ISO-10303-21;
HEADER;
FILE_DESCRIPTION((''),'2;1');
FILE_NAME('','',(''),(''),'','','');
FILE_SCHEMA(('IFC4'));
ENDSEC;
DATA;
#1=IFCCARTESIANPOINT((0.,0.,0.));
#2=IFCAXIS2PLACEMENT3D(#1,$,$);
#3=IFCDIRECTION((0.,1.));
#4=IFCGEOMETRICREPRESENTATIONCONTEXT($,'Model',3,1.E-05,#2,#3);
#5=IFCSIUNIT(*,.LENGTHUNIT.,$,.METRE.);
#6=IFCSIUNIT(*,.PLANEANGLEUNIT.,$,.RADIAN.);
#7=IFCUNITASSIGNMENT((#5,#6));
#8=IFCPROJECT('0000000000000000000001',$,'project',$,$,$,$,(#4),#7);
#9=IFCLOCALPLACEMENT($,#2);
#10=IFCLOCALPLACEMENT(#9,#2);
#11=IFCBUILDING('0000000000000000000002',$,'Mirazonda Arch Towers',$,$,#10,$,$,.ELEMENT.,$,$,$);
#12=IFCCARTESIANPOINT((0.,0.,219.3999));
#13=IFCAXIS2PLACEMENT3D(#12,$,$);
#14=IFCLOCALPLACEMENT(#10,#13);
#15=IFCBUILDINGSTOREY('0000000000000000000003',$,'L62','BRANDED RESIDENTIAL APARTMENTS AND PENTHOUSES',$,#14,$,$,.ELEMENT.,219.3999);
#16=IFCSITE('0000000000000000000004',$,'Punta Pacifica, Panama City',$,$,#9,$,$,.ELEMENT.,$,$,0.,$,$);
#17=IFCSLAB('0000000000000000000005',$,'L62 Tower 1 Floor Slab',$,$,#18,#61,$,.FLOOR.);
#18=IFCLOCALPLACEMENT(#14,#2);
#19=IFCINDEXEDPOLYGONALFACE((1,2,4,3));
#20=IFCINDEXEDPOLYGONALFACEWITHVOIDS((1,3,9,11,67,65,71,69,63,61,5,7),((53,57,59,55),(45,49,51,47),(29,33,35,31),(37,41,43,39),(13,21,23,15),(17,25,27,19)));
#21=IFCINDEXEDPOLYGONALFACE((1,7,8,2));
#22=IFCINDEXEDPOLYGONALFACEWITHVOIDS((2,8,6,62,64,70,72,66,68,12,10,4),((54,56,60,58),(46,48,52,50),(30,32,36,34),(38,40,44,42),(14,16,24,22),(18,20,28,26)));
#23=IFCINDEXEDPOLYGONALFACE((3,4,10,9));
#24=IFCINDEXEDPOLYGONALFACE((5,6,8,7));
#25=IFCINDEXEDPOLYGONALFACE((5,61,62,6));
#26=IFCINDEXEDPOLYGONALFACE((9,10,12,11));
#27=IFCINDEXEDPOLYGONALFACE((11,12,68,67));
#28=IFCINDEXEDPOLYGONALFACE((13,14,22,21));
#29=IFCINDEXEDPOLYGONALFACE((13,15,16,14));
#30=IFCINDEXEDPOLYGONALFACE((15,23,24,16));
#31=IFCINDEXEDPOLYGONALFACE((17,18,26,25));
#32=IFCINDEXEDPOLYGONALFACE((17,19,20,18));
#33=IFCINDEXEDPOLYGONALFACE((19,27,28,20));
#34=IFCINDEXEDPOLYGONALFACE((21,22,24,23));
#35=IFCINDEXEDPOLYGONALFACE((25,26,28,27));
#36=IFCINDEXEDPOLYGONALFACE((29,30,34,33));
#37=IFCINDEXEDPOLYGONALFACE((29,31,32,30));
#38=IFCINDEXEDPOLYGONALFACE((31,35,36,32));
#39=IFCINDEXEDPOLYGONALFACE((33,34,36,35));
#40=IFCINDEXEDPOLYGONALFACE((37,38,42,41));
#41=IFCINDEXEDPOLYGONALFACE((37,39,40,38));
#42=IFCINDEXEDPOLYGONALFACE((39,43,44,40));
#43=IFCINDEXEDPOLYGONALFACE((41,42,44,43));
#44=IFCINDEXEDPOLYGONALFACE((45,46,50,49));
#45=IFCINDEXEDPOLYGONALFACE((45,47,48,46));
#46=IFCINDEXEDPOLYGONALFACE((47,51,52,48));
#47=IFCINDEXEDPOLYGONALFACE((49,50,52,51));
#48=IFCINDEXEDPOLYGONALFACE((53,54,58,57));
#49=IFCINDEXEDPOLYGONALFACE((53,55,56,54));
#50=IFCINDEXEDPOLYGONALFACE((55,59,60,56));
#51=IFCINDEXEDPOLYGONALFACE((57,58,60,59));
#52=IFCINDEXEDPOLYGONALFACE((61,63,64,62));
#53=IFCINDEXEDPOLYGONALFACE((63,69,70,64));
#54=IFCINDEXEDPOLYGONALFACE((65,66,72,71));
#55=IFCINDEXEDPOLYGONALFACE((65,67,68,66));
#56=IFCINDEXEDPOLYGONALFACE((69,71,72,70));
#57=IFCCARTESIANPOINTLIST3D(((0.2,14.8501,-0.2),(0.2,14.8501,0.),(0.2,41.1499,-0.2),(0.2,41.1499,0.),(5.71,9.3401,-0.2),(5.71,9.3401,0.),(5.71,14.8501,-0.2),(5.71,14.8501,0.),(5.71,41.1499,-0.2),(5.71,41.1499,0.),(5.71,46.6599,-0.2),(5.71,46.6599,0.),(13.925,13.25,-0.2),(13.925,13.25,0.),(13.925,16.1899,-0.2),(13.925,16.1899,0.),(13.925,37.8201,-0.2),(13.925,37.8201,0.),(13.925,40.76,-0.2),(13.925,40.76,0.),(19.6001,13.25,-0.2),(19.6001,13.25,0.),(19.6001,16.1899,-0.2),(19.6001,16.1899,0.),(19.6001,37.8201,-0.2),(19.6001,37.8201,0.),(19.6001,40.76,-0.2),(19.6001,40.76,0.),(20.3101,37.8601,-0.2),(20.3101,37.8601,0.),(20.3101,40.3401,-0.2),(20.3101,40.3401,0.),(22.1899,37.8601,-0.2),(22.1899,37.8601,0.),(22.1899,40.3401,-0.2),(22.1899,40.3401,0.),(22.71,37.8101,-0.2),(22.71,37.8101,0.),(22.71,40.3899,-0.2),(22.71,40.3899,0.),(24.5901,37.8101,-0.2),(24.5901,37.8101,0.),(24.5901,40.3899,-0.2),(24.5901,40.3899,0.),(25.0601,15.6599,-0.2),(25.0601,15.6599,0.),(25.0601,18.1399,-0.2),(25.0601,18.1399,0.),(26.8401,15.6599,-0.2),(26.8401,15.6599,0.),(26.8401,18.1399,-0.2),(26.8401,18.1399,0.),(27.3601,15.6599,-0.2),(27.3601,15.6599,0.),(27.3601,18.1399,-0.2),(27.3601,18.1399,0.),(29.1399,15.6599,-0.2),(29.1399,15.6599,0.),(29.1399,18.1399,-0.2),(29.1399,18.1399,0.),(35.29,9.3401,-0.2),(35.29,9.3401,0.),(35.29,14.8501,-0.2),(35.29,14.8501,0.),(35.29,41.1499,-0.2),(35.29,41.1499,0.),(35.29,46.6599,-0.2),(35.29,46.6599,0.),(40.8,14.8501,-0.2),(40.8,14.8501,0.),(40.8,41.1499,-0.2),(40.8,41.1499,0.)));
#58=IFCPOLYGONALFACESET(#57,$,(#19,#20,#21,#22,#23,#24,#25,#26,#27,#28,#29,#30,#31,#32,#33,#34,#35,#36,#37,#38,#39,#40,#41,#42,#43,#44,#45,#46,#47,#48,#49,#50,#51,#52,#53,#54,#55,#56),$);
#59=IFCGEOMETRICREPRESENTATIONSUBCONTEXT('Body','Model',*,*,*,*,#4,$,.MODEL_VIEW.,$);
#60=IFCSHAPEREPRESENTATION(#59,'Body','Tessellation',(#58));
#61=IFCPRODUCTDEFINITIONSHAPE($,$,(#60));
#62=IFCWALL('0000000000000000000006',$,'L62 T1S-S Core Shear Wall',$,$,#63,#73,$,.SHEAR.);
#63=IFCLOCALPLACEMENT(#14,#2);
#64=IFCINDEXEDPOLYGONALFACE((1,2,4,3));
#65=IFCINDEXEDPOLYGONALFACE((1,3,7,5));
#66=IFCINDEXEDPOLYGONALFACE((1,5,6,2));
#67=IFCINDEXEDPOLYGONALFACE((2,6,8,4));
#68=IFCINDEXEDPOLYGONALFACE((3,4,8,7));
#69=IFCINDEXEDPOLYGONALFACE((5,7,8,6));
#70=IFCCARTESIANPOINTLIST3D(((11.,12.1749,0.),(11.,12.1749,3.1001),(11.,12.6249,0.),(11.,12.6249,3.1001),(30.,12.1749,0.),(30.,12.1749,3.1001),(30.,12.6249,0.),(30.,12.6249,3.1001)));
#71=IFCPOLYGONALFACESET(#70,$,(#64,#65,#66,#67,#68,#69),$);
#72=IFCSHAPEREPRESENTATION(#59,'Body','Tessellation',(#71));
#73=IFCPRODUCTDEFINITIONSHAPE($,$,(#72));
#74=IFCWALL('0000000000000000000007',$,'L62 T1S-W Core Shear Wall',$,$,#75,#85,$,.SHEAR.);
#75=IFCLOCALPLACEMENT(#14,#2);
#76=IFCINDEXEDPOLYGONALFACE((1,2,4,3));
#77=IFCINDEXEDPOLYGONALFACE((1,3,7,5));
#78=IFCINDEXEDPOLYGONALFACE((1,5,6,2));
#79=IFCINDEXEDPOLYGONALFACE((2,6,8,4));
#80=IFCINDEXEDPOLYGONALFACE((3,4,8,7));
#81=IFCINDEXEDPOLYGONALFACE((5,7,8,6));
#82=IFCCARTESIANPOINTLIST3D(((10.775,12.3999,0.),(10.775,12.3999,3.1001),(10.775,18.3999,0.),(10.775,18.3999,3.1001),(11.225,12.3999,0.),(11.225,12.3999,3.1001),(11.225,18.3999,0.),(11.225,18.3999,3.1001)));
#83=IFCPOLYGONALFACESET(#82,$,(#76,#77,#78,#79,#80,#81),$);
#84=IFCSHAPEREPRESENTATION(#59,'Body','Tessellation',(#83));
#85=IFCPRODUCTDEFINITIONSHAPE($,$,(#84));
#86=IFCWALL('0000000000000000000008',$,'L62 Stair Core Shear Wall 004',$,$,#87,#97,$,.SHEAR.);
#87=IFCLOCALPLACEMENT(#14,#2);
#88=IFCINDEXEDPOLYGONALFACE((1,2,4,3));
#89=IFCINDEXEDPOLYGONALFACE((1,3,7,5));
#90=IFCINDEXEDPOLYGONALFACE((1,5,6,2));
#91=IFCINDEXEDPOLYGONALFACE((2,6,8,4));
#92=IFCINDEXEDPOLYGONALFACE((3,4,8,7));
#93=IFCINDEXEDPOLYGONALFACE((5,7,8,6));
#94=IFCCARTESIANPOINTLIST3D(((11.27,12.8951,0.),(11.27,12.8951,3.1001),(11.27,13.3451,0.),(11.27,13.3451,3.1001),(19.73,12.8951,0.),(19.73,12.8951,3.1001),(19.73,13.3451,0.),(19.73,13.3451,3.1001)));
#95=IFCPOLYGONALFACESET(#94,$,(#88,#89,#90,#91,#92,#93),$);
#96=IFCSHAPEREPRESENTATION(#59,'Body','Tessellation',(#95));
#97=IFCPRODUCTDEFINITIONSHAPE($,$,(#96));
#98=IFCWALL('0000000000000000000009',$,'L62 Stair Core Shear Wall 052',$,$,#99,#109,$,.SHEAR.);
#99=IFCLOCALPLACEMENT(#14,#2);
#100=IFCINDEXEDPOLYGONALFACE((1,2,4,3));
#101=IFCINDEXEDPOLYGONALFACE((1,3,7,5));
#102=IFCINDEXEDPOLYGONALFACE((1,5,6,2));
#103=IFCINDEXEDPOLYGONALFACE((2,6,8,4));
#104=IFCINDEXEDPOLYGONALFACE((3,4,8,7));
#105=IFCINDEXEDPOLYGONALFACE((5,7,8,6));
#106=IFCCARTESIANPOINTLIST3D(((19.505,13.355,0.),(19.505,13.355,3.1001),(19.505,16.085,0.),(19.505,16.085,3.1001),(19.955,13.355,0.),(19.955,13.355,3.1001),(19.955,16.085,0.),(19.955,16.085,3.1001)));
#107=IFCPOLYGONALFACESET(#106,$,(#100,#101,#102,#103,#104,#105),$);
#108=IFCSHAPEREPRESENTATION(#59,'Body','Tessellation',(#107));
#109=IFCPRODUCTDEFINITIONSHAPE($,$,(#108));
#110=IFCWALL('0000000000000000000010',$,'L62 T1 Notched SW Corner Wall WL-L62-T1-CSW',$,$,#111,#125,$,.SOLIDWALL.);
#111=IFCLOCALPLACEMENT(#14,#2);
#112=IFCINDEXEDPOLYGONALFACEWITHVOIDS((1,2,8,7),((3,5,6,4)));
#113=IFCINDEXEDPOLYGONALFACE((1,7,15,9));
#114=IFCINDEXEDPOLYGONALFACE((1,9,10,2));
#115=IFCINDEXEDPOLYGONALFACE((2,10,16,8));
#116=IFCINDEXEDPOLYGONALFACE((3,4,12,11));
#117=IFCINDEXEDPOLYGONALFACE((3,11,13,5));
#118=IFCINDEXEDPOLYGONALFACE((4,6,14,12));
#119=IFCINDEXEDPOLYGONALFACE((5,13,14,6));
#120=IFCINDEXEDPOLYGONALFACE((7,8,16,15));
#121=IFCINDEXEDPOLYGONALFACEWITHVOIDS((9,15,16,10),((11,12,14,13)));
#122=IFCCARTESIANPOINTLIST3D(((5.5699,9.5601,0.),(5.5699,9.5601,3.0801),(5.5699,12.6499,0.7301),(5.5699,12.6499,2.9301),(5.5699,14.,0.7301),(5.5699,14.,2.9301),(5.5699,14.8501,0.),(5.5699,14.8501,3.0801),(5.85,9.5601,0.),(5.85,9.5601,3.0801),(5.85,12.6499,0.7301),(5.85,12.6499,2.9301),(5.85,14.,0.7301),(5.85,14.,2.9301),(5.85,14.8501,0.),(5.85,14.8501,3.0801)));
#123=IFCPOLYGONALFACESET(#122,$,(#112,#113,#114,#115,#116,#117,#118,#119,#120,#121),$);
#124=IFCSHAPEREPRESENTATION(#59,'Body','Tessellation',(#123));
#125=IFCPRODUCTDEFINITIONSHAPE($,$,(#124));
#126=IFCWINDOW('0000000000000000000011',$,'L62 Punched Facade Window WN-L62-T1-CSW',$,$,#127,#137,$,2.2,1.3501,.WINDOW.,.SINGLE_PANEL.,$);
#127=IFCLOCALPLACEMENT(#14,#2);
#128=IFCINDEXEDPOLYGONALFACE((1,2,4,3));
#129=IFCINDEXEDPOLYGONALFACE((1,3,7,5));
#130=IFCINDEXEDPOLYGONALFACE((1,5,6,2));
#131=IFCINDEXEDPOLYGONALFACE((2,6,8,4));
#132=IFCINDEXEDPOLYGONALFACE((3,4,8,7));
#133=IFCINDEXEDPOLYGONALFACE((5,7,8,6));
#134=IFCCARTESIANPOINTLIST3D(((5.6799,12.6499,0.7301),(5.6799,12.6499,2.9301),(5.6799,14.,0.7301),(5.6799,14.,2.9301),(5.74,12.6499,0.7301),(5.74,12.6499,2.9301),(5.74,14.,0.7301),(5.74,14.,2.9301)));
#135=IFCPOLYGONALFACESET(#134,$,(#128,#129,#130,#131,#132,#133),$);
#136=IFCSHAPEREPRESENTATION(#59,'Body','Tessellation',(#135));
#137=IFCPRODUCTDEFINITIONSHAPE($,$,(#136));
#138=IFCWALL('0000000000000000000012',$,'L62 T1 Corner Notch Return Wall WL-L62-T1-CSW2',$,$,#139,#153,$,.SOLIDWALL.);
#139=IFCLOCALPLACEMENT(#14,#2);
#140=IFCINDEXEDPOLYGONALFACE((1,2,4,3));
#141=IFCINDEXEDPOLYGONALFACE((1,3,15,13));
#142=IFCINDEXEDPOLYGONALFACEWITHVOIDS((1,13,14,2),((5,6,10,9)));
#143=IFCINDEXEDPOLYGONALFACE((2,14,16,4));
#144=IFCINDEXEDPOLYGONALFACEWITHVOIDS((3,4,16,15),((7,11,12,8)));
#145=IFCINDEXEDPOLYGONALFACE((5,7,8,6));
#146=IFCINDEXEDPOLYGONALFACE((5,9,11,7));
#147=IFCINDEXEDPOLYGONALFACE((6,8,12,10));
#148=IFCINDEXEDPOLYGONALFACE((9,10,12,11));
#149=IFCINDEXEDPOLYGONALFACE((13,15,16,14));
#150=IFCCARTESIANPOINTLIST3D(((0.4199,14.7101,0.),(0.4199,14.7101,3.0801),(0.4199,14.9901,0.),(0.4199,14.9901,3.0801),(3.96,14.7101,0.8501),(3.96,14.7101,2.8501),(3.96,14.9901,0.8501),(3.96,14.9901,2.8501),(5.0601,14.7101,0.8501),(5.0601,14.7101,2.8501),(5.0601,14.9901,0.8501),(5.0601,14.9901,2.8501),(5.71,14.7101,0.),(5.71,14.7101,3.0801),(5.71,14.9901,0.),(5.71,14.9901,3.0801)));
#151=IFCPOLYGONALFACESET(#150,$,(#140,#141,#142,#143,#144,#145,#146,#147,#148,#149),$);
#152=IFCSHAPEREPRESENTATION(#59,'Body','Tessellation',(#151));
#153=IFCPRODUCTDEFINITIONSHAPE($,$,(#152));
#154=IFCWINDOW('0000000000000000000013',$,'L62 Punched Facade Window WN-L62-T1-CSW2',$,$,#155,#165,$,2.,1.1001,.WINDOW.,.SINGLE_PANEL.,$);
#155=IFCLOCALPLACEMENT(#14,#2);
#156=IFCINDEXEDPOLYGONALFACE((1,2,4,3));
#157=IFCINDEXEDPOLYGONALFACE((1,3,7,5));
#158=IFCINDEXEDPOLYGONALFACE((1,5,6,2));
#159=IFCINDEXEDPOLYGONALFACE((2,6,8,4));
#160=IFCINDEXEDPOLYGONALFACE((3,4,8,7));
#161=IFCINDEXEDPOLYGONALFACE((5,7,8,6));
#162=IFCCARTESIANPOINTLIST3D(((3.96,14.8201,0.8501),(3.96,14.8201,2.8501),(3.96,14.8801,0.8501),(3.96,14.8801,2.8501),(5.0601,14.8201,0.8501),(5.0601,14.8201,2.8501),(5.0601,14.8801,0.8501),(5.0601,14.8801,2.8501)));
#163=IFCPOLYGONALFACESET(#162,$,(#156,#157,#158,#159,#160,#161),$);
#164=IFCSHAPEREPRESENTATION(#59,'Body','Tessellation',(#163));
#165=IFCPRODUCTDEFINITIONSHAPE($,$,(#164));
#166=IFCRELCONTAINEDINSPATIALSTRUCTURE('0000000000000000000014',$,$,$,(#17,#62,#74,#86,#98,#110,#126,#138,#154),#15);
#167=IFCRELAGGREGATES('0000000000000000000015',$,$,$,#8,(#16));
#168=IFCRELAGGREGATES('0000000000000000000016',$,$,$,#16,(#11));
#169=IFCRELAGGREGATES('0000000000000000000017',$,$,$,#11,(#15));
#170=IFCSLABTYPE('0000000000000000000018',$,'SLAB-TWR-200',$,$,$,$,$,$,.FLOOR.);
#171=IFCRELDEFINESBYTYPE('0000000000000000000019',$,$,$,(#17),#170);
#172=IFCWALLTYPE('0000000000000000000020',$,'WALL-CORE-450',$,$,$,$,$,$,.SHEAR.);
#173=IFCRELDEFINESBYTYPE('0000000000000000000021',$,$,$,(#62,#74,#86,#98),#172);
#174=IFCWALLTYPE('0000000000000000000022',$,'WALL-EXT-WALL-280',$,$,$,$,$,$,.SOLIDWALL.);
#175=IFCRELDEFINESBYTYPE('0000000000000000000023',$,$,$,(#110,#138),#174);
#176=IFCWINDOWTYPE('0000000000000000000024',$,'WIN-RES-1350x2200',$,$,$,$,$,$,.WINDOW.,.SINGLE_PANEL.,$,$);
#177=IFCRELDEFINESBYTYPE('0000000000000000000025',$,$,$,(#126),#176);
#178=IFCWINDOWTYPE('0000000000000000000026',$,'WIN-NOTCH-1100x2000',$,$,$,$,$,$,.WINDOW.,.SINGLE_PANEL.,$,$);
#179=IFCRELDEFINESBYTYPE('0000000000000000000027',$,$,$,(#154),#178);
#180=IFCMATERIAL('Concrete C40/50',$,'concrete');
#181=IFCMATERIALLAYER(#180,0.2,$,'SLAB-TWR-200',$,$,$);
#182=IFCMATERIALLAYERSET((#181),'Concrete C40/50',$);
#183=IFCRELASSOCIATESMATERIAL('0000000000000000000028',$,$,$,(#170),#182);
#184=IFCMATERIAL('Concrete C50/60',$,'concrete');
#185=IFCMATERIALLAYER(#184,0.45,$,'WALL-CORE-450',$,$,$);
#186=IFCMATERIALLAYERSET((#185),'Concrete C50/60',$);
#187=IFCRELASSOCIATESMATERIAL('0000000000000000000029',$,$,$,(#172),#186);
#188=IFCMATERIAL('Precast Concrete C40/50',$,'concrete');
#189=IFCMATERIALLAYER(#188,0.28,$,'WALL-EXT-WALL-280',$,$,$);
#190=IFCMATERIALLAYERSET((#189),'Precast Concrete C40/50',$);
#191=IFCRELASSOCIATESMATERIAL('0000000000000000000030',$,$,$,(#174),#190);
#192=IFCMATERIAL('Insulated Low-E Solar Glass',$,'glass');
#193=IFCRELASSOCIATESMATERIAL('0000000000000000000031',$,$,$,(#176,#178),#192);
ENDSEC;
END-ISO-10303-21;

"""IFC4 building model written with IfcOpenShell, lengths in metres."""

from ifc_helpers import new_model, si_unit, direction, frame, frame_2d, origin, place, context, subcontext, project, spatial, polyline, rectangle, outline, extrude, material, layer, layer_set, type_object, element, fill, save


model = new_model("IFC4")

# Units and contexts
model_context = context("Model", 3, precision=1e-05, world=origin(), true_north=direction((0.0, 1.0)))
body_context = subcontext(model_context, "Body", "Model", "MODEL_VIEW")
ifc_project = project(units=[si_unit("LENGTHUNIT", "METRE"), si_unit("PLANEANGLEUNIT", "RADIAN")], contexts=[model_context])

# Site, building, storey
site_placement = place(None, origin())
site = spatial("IfcSite", under=ifc_project, at=site_placement, Name="Punta Pacifica, Panama City", CompositionType="ELEMENT", RefElevation=0.0)
building_placement = place(site_placement, origin())
building = spatial("IfcBuilding", under=site, at=building_placement, Name="Mirazonda Arch Towers", CompositionType="ELEMENT")
storey_placement = place(building_placement, frame((0.0, 0.0, 219.3999)))
storey = spatial("IfcBuildingStorey", under=building, at=storey_placement, Name="L62", Description="BRANDED RESIDENTIAL APARTMENTS AND PENTHOUSES", CompositionType="ELEMENT", Elevation=219.3999)

# Shared definitions
ifc_material_1 = material(Name="Concrete C50/60", Category="concrete")

# Shared definitions
ifc_material_2 = material(Name="Insulated Low-E Solar Glass", Category="glass")

# Shared definitions
ifc_material_3 = material(Name="Concrete C40/50", Category="concrete")

# Slab
ifc_layer_1 = layer(ifc_material_3, 0.2, Name="SLAB-TWR-200")
ifc_layer_set_1 = layer_set([ifc_layer_1], Name="Concrete C40/50")
slab_type_1 = type_object("IfcSlabType", Name="SLAB-TWR-200", PredefinedType="FLOOR", material=ifc_layer_set_1)
slab_1_placement = place(storey_placement, frame((0.0, 0.0, -0.2)))
element("IfcSlab", 1, at=slab_1_placement, inside=storey, type_object=slab_type_1, Name="L62 Tower 1 Floor Slab", PredefinedType="FLOOR", context=body_context, shape_type="SweptSolid", body=[
    extrude(outline(polyline([(5.71, 9.3401), (35.29, 9.3401), (35.29, 14.8501), (40.8, 14.8501), (40.8, 41.1499), (35.29, 41.1499), (35.29, 46.6599), (5.71, 46.6599), (5.71, 41.1499), (0.2, 41.1499), (0.2, 14.8501), (5.71, 14.8501), (5.71, 9.3401)]), holes=[polyline([(27.3601, 18.1399), (29.1399, 18.1399), (29.1399, 15.6599), (27.3601, 15.6599), (27.3601, 18.1399)]), polyline([(25.0601, 18.1399), (26.8401, 18.1399), (26.8401, 15.6599), (25.0601, 15.6599), (25.0601, 18.1399)]), polyline([(22.71, 40.3899), (24.5901, 40.3899), (24.5901, 37.8101), (22.71, 37.8101), (22.71, 40.3899)]), polyline([(20.3101, 37.8601), (20.3101, 40.3401), (22.1899, 40.3401), (22.1899, 37.8601), (20.3101, 37.8601)]), polyline([(19.6001, 13.25), (13.925, 13.25), (13.925, 16.1899), (19.6001, 16.1899), (19.6001, 13.25)]), polyline([(13.925, 37.8201), (13.925, 40.76), (19.6001, 40.76), (19.6001, 37.8201), (13.925, 37.8201)])]), origin(), (0.0, 0.0, 1.0), 0.2),
])

# Walls
ifc_layer_2 = layer(ifc_material_1, 0.45, Name="WALL-CORE-450")
ifc_layer_set_2 = layer_set([ifc_layer_2], Name="Concrete C50/60")
wall_type_1 = type_object("IfcWallType", Name="WALL-CORE-450", PredefinedType="SHEAR", material=ifc_layer_set_2)
wall_1_placement = place(storey_placement, frame((11.0, 12.3999, 0.0), z_axis=(0.0, 0.0, 1.0), x_axis=(1.0, 0.0, 0.0)))
element("IfcWall", 2, at=wall_1_placement, inside=storey, type_object=wall_type_1, Name="L62 T1S-S Core Shear Wall", PredefinedType="SHEAR", context=body_context, shape_type="SweptSolid", body=[
    extrude(rectangle(XDim=19.0, YDim=0.45, at=frame_2d((9.5, 0.0))), origin(), (0.0, 0.0, 1.0), 3.1001),
])
wall_2_placement = place(storey_placement, frame((11.0, 12.3999, 0.0), z_axis=(0.0, 0.0, 1.0), x_axis=(0.0, 1.0, 0.0)))
element("IfcWall", 3, at=wall_2_placement, inside=storey, type_object=wall_type_1, Name="L62 T1S-W Core Shear Wall", PredefinedType="SHEAR", context=body_context, shape_type="SweptSolid", body=[
    extrude(rectangle(XDim=6.0, YDim=0.45, at=frame_2d((3.0, 0.0))), origin(), (0.0, 0.0, 1.0), 3.1001),
])
wall_3_placement = place(storey_placement, frame((11.27, 13.1201, 0.0), z_axis=(0.0, 0.0, 1.0), x_axis=(1.0, 0.0, 0.0)))
element("IfcWall", 4, at=wall_3_placement, inside=storey, type_object=wall_type_1, Name="L62 Stair Core Shear Wall 004", PredefinedType="SHEAR", context=body_context, shape_type="SweptSolid", body=[
    extrude(rectangle(XDim=8.46, YDim=0.45, at=frame_2d((4.23, 0.0))), origin(), (0.0, 0.0, 1.0), 3.1001),
])
wall_4_placement = place(storey_placement, frame((19.73, 13.355, 0.0), z_axis=(0.0, 0.0, 1.0), x_axis=(0.0, 1.0, 0.0)))
element("IfcWall", 5, at=wall_4_placement, inside=storey, type_object=wall_type_1, Name="L62 Stair Core Shear Wall 052", PredefinedType="SHEAR", context=body_context, shape_type="SweptSolid", body=[
    extrude(rectangle(XDim=2.73, YDim=0.45, at=frame_2d((1.365, 0.0))), origin(), (0.0, 0.0, 1.0), 3.1001),
])

# Walls, openings, windows
ifc_material_4 = material(Name="Precast Concrete C40/50", Category="concrete")
ifc_layer_3 = layer(ifc_material_4, 0.28, Name="WALL-EXT-WALL-280")
ifc_layer_set_3 = layer_set([ifc_layer_3], Name="Precast Concrete C40/50")
wall_type_2 = type_object("IfcWallType", Name="WALL-EXT-WALL-280", PredefinedType="SOLIDWALL", material=ifc_layer_set_3)
wall_5_placement = place(storey_placement, frame((5.71, 14.8501, 0.0), z_axis=(0.0, 0.0, 1.0), x_axis=(0.0, -1.0, 0.0)))
wall_5 = element("IfcWall", 6, at=wall_5_placement, inside=storey, type_object=wall_type_2, Name="L62 T1 Notched SW Corner Wall WL-L62-T1-CSW", PredefinedType="SOLIDWALL", context=body_context, shape_type="SweptSolid", body=[
    extrude(rectangle(XDim=5.29, YDim=0.28, at=frame_2d((2.645, 0.0))), origin(), (0.0, 0.0, 1.0), 3.0801),
])
opening_1_placement = place(wall_5_placement, frame((0.8501, 0.0, 0.73)))
opening_1 = element("IfcOpeningElement", 7, at=opening_1_placement, cuts=wall_5, PredefinedType="OPENING", context=body_context, shape_type="SweptSolid", body=[
    extrude(rectangle(XDim=1.3501, YDim=2.2, at=frame_2d((0.675, 1.1001))), frame((0.0, 0.1499, 0.0), z_axis=(0.0, -1.0, 0.0), x_axis=(1.0, 0.0, 0.0)), (0.0, 0.0, 1.0), 0.3),
])
window_type_1 = type_object("IfcWindowType", Name="WIN-RES-1350x2200", PartitioningType="SINGLE_PANEL", PredefinedType="WINDOW", material=ifc_material_2)
window_1_placement = place(opening_1_placement, origin())
window_1 = element("IfcWindow", 8, at=window_1_placement, inside=storey, type_object=window_type_1, Name="L62 Punched Facade Window WN-L62-T1-CSW", OverallHeight=2.2, OverallWidth=1.3501, PartitioningType="SINGLE_PANEL", PredefinedType="WINDOW", context=body_context, shape_type="SweptSolid", body=[
    extrude(rectangle(XDim=1.3501, YDim=2.2, at=frame_2d((0.675, 1.1001))), frame((0.0, 0.03, 0.0), z_axis=(0.0, -1.0, 0.0), x_axis=(1.0, 0.0, 0.0)), (0.0, 0.0, 1.0), 0.0601),
])
fill(opening_1, window_1)
wall_6_placement = place(storey_placement, frame((0.4199, 14.8501, 0.0), z_axis=(0.0, 0.0, 1.0), x_axis=(1.0, 0.0, 0.0)))
wall_6 = element("IfcWall", 9, at=wall_6_placement, inside=storey, type_object=wall_type_2, Name="L62 T1 Corner Notch Return Wall WL-L62-T1-CSW2", PredefinedType="SOLIDWALL", context=body_context, shape_type="SweptSolid", body=[
    extrude(rectangle(XDim=5.29, YDim=0.28, at=frame_2d((2.645, 0.0))), origin(), (0.0, 0.0, 1.0), 3.0801),
])
opening_2_placement = place(wall_6_placement, frame((3.54, 0.0, 0.8501)))
opening_2 = element("IfcOpeningElement", 10, at=opening_2_placement, cuts=wall_6, PredefinedType="OPENING", context=body_context, shape_type="SweptSolid", body=[
    extrude(rectangle(XDim=1.1001, YDim=2.0, at=frame_2d((0.55, 1.0))), frame((0.0, 0.1499, 0.0), z_axis=(0.0, -1.0, 0.0), x_axis=(1.0, 0.0, 0.0)), (0.0, 0.0, 1.0), 0.3),
])
window_type_2 = type_object("IfcWindowType", Name="WIN-NOTCH-1100x2000", PartitioningType="SINGLE_PANEL", PredefinedType="WINDOW", material=ifc_material_2)
window_2_placement = place(opening_2_placement, origin())
window_2 = element("IfcWindow", 11, at=window_2_placement, inside=storey, type_object=window_type_2, Name="L62 Punched Facade Window WN-L62-T1-CSW2", OverallHeight=2.0, OverallWidth=1.1001, PartitioningType="SINGLE_PANEL", PredefinedType="WINDOW", context=body_context, shape_type="SweptSolid", body=[
    extrude(rectangle(XDim=1.1001, YDim=2.0, at=frame_2d((0.55, 1.0))), frame((0.0, 0.03, 0.0), z_axis=(0.0, -1.0, 0.0), x_axis=(1.0, 0.0, 0.0)), (0.0, 0.0, 1.0), 0.0601),
])
fill(opening_2, window_2)

save(model, "model.ifc")
